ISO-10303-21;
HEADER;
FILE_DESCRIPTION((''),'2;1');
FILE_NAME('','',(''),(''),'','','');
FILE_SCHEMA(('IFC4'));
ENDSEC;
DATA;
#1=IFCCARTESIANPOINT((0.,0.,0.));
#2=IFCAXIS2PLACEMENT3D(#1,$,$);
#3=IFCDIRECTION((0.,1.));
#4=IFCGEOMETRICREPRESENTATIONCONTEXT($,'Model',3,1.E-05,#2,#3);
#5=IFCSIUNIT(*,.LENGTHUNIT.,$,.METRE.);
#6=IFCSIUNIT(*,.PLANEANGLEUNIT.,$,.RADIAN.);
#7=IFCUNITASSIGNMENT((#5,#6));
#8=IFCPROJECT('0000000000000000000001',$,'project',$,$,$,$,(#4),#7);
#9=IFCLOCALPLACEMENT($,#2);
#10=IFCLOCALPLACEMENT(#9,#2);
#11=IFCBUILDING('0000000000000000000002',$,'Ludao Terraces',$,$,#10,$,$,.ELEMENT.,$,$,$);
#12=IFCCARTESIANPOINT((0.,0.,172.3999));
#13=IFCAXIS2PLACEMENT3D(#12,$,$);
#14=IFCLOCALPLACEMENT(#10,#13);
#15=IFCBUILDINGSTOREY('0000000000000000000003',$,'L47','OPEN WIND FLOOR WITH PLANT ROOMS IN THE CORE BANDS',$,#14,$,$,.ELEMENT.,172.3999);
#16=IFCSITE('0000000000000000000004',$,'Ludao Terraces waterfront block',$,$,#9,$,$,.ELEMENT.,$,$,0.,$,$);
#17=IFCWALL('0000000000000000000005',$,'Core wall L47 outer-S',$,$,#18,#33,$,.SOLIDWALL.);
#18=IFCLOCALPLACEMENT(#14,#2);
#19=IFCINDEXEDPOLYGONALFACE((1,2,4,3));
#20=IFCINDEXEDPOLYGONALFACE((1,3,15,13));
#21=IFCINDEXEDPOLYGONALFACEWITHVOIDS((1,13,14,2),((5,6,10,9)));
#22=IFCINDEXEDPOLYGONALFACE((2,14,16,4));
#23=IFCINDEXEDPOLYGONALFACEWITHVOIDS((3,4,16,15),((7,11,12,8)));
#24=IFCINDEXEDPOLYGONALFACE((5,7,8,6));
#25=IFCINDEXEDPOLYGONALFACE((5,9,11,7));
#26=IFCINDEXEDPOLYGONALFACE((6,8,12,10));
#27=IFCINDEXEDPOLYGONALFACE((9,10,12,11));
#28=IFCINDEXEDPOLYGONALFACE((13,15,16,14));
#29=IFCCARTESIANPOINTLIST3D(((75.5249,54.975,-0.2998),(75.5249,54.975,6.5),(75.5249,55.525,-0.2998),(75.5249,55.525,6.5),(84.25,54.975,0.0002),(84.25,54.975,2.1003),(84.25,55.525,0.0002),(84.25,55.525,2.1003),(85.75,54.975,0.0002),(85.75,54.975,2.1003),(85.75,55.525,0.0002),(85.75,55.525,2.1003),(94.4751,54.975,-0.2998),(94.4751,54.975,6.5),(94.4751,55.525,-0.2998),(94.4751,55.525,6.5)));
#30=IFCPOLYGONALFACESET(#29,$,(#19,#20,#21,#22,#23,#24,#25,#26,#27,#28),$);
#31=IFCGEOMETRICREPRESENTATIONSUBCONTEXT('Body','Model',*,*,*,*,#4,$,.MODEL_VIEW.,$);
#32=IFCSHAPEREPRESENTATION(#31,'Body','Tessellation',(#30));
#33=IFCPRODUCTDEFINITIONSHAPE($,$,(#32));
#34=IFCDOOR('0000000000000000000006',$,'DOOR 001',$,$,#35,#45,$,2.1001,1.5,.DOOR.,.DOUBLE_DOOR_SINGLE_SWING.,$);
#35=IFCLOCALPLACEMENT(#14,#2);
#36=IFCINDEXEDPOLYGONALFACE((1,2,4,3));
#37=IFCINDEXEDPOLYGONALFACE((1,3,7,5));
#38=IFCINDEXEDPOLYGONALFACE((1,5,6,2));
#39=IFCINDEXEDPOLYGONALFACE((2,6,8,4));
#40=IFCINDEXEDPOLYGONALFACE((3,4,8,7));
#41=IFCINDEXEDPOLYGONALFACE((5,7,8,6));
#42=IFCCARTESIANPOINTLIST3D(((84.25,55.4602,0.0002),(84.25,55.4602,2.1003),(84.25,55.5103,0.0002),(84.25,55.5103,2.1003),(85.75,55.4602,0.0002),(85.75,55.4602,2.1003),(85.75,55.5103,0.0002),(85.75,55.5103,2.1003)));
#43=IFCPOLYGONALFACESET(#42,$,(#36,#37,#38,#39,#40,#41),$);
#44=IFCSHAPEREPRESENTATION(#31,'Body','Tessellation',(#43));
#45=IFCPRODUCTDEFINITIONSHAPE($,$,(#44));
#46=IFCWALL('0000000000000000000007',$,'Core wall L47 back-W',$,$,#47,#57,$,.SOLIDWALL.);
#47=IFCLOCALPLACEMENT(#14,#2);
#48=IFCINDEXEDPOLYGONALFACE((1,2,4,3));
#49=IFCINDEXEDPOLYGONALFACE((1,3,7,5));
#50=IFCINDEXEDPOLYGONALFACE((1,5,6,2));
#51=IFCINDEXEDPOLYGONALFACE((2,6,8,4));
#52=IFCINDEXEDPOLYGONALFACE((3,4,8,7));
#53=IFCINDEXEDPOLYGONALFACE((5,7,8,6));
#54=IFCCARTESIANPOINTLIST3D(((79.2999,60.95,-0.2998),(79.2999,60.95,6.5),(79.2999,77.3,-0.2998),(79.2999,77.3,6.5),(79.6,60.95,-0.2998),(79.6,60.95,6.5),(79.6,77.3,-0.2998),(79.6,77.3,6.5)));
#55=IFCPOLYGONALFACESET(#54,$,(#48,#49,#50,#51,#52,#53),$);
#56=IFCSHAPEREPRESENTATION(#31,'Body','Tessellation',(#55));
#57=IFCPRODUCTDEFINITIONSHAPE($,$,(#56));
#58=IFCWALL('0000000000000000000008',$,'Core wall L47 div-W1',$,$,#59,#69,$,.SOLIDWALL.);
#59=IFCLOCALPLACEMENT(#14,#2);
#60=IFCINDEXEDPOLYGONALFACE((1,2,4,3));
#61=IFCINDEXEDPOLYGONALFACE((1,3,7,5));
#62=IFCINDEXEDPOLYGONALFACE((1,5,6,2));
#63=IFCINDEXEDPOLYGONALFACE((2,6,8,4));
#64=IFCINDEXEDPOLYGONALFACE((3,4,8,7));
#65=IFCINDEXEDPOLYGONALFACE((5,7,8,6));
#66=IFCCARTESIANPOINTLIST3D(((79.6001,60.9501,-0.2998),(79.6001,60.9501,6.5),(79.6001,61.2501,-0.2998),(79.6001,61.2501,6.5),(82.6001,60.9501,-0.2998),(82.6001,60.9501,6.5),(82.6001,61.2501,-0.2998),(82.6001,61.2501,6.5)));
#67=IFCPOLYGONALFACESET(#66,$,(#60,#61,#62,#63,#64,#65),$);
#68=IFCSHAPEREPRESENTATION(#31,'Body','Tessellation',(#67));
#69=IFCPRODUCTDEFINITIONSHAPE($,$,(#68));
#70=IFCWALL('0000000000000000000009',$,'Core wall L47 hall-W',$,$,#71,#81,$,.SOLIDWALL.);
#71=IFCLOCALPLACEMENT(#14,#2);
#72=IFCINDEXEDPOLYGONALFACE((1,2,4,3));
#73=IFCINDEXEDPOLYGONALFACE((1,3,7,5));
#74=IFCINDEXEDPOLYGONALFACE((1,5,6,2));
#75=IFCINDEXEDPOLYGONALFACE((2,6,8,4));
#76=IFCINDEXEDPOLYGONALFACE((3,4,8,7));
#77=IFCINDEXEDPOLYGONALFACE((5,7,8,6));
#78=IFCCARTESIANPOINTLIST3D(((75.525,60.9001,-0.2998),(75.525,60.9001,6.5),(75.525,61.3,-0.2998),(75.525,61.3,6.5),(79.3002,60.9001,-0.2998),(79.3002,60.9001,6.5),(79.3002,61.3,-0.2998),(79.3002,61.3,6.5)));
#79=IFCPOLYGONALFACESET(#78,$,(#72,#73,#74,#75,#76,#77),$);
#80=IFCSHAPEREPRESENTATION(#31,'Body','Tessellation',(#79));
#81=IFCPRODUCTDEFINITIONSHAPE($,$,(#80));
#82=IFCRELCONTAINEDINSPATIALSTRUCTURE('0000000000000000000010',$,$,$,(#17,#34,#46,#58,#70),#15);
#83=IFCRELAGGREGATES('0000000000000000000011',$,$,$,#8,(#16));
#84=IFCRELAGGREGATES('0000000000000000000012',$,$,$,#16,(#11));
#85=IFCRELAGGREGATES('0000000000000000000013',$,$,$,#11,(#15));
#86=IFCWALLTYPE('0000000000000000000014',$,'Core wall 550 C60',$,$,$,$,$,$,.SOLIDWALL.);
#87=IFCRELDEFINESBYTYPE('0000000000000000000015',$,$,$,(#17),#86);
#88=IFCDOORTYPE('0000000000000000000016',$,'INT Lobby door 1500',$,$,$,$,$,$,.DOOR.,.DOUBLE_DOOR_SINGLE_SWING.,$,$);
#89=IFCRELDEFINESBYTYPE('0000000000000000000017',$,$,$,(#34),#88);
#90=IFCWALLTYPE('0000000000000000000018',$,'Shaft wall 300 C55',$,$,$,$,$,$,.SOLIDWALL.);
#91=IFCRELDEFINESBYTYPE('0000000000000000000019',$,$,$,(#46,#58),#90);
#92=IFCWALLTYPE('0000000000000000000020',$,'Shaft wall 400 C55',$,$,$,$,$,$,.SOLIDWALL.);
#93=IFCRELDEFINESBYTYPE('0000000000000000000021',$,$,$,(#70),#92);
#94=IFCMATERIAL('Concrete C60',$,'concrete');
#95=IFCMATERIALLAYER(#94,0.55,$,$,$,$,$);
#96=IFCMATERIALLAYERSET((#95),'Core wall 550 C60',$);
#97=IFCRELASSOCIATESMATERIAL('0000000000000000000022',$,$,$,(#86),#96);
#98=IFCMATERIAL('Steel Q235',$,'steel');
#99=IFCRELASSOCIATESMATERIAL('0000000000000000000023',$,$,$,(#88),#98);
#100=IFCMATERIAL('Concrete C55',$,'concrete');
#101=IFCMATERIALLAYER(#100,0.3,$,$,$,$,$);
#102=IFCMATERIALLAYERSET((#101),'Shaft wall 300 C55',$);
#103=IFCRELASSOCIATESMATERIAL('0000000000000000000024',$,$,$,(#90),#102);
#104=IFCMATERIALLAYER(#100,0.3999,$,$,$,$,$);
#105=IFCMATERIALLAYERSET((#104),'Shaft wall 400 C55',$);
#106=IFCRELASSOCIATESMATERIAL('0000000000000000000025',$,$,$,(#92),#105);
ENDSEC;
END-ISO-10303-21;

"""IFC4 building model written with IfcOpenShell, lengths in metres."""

from ifc_helpers import new_model, si_unit, direction, frame, frame_2d, origin, place, context, subcontext, project, spatial, rectangle, extrude, material, layer, layer_set, type_object, element, fill, save


model = new_model("IFC4")

# Units and contexts
model_context = context("Model", 3, precision=1e-05, world=origin(), true_north=direction((0.0, 1.0)))
body_context = subcontext(model_context, "Body", "Model", "MODEL_VIEW")
ifc_project = project(units=[si_unit("LENGTHUNIT", "METRE"), si_unit("PLANEANGLEUNIT", "RADIAN")], contexts=[model_context])

# Site, building, storey
site_placement = place(None, origin())
site = spatial("IfcSite", under=ifc_project, at=site_placement, Name="Ludao Terraces waterfront block", CompositionType="ELEMENT", RefElevation=0.0)
building_placement = place(site_placement, origin())
building = spatial("IfcBuilding", under=site, at=building_placement, Name="Ludao Terraces", CompositionType="ELEMENT")
storey_placement = place(building_placement, frame((0.0, 0.0, 172.3999)))
storey = spatial("IfcBuildingStorey", under=building, at=storey_placement, Name="L47", Description="OPEN WIND FLOOR WITH PLANT ROOMS IN THE CORE BANDS", CompositionType="ELEMENT", Elevation=172.3999)

# Shared definitions
ifc_material_1 = material(Name="Concrete C60", Category="concrete")
ifc_layer_1 = layer(ifc_material_1, 0.55)
ifc_layer_set_1 = layer_set([ifc_layer_1], Name="Core wall 550 C60")
wall_type_1 = type_object("IfcWallType", Name="Core wall 550 C60", PredefinedType="SOLIDWALL", material=ifc_layer_set_1)
ifc_material_2 = material(Name="Steel Q235", Category="steel")

# Wall, opening, door
wall_1_placement = place(storey_placement, frame((75.5249, 55.25, -0.2998), z_axis=(0.0, 0.0, 1.0), x_axis=(1.0, 0.0, 0.0)))
wall_1 = element("IfcWall", 1, at=wall_1_placement, inside=storey, type_object=wall_type_1, Name="Core wall L47 outer-S", PredefinedType="SOLIDWALL", context=body_context, shape_type="SweptSolid", body=[
    extrude(rectangle(XDim=18.9502, YDim=0.55, at=frame_2d((9.4751, 0.0))), origin(), (0.0, 0.0, 1.0), 6.7998),
])
opening_1_placement = place(wall_1_placement, frame((8.7251, 0.0, 0.3)))
opening_1 = element("IfcOpeningElement", 2, at=opening_1_placement, cuts=wall_1, PredefinedType="OPENING", context=body_context, shape_type="SweptSolid", body=[
    extrude(rectangle(XDim=1.5, YDim=2.1001, at=frame_2d((0.75, 1.05))), frame((0.0, 0.2852, 0.0), z_axis=(0.0, -1.0, 0.0), x_axis=(1.0, 0.0, 0.0)), (0.0, 0.0, 1.0), 0.5701),
])
door_type_1 = type_object("IfcDoorType", Name="INT Lobby door 1500", OperationType="DOUBLE_DOOR_SINGLE_SWING", PredefinedType="DOOR", material=ifc_material_2)
door_1_placement = place(opening_1_placement, origin())
door_1 = element("IfcDoor", 3, at=door_1_placement, inside=storey, type_object=door_type_1, Name="DOOR 001", OperationType="DOUBLE_DOOR_SINGLE_SWING", OverallHeight=2.1001, OverallWidth=1.5, PredefinedType="DOOR", context=body_context, shape_type="SweptSolid", body=[
    extrude(rectangle(XDim=1.5, YDim=2.1001, at=frame_2d((0.75, 1.05))), frame((0.0, 0.2603, 0.0), z_axis=(0.0, -1.0, 0.0), x_axis=(1.0, 0.0, 0.0)), (0.0, 0.0, 1.0), 0.05),
])
fill(opening_1, door_1)

# Walls
ifc_material_3 = material(Name="Concrete C55", Category="concrete")
ifc_layer_2 = layer(ifc_material_3, 0.3)
ifc_layer_set_2 = layer_set([ifc_layer_2], Name="Shaft wall 300 C55")
wall_type_2 = type_object("IfcWallType", Name="Shaft wall 300 C55", PredefinedType="SOLIDWALL", material=ifc_layer_set_2)
wall_2_placement = place(storey_placement, frame((79.45, 60.95, -0.2998), z_axis=(0.0, 0.0, 1.0), x_axis=(0.0, 1.0, 0.0)))
element("IfcWall", 4, at=wall_2_placement, inside=storey, type_object=wall_type_2, Name="Core wall L47 back-W", PredefinedType="SOLIDWALL", context=body_context, shape_type="SweptSolid", body=[
    extrude(rectangle(XDim=16.3501, YDim=0.3, at=frame_2d((8.175, 0.0))), origin(), (0.0, 0.0, 1.0), 6.7998),
])
wall_3_placement = place(storey_placement, frame((79.6001, 61.1001, -0.2998), z_axis=(0.0, 0.0, 1.0), x_axis=(1.0, 0.0, 0.0)))
element("IfcWall", 5, at=wall_3_placement, inside=storey, type_object=wall_type_2, Name="Core wall L47 div-W1", PredefinedType="SOLIDWALL", context=body_context, shape_type="SweptSolid", body=[
    extrude(rectangle(XDim=3.0, YDim=0.3, at=frame_2d((1.5, 0.0))), origin(), (0.0, 0.0, 1.0), 6.7998),
])
ifc_layer_3 = layer(ifc_material_3, 0.3999)
ifc_layer_set_3 = layer_set([ifc_layer_3], Name="Shaft wall 400 C55")
wall_type_3 = type_object("IfcWallType", Name="Shaft wall 400 C55", PredefinedType="SOLIDWALL", material=ifc_layer_set_3)
wall_4_placement = place(storey_placement, frame((75.5249, 61.1001, -0.2998), z_axis=(0.0, 0.0, 1.0), x_axis=(1.0, 0.0, 0.0)))
element("IfcWall", 6, at=wall_4_placement, inside=storey, type_object=wall_type_3, Name="Core wall L47 hall-W", PredefinedType="SOLIDWALL", context=body_context, shape_type="SweptSolid", body=[
    extrude(rectangle(XDim=3.7751, YDim=0.3999, at=frame_2d((1.8877, 0.0))), origin(), (0.0, 0.0, 1.0), 6.7998),
])

save(model, "model.ifc")
